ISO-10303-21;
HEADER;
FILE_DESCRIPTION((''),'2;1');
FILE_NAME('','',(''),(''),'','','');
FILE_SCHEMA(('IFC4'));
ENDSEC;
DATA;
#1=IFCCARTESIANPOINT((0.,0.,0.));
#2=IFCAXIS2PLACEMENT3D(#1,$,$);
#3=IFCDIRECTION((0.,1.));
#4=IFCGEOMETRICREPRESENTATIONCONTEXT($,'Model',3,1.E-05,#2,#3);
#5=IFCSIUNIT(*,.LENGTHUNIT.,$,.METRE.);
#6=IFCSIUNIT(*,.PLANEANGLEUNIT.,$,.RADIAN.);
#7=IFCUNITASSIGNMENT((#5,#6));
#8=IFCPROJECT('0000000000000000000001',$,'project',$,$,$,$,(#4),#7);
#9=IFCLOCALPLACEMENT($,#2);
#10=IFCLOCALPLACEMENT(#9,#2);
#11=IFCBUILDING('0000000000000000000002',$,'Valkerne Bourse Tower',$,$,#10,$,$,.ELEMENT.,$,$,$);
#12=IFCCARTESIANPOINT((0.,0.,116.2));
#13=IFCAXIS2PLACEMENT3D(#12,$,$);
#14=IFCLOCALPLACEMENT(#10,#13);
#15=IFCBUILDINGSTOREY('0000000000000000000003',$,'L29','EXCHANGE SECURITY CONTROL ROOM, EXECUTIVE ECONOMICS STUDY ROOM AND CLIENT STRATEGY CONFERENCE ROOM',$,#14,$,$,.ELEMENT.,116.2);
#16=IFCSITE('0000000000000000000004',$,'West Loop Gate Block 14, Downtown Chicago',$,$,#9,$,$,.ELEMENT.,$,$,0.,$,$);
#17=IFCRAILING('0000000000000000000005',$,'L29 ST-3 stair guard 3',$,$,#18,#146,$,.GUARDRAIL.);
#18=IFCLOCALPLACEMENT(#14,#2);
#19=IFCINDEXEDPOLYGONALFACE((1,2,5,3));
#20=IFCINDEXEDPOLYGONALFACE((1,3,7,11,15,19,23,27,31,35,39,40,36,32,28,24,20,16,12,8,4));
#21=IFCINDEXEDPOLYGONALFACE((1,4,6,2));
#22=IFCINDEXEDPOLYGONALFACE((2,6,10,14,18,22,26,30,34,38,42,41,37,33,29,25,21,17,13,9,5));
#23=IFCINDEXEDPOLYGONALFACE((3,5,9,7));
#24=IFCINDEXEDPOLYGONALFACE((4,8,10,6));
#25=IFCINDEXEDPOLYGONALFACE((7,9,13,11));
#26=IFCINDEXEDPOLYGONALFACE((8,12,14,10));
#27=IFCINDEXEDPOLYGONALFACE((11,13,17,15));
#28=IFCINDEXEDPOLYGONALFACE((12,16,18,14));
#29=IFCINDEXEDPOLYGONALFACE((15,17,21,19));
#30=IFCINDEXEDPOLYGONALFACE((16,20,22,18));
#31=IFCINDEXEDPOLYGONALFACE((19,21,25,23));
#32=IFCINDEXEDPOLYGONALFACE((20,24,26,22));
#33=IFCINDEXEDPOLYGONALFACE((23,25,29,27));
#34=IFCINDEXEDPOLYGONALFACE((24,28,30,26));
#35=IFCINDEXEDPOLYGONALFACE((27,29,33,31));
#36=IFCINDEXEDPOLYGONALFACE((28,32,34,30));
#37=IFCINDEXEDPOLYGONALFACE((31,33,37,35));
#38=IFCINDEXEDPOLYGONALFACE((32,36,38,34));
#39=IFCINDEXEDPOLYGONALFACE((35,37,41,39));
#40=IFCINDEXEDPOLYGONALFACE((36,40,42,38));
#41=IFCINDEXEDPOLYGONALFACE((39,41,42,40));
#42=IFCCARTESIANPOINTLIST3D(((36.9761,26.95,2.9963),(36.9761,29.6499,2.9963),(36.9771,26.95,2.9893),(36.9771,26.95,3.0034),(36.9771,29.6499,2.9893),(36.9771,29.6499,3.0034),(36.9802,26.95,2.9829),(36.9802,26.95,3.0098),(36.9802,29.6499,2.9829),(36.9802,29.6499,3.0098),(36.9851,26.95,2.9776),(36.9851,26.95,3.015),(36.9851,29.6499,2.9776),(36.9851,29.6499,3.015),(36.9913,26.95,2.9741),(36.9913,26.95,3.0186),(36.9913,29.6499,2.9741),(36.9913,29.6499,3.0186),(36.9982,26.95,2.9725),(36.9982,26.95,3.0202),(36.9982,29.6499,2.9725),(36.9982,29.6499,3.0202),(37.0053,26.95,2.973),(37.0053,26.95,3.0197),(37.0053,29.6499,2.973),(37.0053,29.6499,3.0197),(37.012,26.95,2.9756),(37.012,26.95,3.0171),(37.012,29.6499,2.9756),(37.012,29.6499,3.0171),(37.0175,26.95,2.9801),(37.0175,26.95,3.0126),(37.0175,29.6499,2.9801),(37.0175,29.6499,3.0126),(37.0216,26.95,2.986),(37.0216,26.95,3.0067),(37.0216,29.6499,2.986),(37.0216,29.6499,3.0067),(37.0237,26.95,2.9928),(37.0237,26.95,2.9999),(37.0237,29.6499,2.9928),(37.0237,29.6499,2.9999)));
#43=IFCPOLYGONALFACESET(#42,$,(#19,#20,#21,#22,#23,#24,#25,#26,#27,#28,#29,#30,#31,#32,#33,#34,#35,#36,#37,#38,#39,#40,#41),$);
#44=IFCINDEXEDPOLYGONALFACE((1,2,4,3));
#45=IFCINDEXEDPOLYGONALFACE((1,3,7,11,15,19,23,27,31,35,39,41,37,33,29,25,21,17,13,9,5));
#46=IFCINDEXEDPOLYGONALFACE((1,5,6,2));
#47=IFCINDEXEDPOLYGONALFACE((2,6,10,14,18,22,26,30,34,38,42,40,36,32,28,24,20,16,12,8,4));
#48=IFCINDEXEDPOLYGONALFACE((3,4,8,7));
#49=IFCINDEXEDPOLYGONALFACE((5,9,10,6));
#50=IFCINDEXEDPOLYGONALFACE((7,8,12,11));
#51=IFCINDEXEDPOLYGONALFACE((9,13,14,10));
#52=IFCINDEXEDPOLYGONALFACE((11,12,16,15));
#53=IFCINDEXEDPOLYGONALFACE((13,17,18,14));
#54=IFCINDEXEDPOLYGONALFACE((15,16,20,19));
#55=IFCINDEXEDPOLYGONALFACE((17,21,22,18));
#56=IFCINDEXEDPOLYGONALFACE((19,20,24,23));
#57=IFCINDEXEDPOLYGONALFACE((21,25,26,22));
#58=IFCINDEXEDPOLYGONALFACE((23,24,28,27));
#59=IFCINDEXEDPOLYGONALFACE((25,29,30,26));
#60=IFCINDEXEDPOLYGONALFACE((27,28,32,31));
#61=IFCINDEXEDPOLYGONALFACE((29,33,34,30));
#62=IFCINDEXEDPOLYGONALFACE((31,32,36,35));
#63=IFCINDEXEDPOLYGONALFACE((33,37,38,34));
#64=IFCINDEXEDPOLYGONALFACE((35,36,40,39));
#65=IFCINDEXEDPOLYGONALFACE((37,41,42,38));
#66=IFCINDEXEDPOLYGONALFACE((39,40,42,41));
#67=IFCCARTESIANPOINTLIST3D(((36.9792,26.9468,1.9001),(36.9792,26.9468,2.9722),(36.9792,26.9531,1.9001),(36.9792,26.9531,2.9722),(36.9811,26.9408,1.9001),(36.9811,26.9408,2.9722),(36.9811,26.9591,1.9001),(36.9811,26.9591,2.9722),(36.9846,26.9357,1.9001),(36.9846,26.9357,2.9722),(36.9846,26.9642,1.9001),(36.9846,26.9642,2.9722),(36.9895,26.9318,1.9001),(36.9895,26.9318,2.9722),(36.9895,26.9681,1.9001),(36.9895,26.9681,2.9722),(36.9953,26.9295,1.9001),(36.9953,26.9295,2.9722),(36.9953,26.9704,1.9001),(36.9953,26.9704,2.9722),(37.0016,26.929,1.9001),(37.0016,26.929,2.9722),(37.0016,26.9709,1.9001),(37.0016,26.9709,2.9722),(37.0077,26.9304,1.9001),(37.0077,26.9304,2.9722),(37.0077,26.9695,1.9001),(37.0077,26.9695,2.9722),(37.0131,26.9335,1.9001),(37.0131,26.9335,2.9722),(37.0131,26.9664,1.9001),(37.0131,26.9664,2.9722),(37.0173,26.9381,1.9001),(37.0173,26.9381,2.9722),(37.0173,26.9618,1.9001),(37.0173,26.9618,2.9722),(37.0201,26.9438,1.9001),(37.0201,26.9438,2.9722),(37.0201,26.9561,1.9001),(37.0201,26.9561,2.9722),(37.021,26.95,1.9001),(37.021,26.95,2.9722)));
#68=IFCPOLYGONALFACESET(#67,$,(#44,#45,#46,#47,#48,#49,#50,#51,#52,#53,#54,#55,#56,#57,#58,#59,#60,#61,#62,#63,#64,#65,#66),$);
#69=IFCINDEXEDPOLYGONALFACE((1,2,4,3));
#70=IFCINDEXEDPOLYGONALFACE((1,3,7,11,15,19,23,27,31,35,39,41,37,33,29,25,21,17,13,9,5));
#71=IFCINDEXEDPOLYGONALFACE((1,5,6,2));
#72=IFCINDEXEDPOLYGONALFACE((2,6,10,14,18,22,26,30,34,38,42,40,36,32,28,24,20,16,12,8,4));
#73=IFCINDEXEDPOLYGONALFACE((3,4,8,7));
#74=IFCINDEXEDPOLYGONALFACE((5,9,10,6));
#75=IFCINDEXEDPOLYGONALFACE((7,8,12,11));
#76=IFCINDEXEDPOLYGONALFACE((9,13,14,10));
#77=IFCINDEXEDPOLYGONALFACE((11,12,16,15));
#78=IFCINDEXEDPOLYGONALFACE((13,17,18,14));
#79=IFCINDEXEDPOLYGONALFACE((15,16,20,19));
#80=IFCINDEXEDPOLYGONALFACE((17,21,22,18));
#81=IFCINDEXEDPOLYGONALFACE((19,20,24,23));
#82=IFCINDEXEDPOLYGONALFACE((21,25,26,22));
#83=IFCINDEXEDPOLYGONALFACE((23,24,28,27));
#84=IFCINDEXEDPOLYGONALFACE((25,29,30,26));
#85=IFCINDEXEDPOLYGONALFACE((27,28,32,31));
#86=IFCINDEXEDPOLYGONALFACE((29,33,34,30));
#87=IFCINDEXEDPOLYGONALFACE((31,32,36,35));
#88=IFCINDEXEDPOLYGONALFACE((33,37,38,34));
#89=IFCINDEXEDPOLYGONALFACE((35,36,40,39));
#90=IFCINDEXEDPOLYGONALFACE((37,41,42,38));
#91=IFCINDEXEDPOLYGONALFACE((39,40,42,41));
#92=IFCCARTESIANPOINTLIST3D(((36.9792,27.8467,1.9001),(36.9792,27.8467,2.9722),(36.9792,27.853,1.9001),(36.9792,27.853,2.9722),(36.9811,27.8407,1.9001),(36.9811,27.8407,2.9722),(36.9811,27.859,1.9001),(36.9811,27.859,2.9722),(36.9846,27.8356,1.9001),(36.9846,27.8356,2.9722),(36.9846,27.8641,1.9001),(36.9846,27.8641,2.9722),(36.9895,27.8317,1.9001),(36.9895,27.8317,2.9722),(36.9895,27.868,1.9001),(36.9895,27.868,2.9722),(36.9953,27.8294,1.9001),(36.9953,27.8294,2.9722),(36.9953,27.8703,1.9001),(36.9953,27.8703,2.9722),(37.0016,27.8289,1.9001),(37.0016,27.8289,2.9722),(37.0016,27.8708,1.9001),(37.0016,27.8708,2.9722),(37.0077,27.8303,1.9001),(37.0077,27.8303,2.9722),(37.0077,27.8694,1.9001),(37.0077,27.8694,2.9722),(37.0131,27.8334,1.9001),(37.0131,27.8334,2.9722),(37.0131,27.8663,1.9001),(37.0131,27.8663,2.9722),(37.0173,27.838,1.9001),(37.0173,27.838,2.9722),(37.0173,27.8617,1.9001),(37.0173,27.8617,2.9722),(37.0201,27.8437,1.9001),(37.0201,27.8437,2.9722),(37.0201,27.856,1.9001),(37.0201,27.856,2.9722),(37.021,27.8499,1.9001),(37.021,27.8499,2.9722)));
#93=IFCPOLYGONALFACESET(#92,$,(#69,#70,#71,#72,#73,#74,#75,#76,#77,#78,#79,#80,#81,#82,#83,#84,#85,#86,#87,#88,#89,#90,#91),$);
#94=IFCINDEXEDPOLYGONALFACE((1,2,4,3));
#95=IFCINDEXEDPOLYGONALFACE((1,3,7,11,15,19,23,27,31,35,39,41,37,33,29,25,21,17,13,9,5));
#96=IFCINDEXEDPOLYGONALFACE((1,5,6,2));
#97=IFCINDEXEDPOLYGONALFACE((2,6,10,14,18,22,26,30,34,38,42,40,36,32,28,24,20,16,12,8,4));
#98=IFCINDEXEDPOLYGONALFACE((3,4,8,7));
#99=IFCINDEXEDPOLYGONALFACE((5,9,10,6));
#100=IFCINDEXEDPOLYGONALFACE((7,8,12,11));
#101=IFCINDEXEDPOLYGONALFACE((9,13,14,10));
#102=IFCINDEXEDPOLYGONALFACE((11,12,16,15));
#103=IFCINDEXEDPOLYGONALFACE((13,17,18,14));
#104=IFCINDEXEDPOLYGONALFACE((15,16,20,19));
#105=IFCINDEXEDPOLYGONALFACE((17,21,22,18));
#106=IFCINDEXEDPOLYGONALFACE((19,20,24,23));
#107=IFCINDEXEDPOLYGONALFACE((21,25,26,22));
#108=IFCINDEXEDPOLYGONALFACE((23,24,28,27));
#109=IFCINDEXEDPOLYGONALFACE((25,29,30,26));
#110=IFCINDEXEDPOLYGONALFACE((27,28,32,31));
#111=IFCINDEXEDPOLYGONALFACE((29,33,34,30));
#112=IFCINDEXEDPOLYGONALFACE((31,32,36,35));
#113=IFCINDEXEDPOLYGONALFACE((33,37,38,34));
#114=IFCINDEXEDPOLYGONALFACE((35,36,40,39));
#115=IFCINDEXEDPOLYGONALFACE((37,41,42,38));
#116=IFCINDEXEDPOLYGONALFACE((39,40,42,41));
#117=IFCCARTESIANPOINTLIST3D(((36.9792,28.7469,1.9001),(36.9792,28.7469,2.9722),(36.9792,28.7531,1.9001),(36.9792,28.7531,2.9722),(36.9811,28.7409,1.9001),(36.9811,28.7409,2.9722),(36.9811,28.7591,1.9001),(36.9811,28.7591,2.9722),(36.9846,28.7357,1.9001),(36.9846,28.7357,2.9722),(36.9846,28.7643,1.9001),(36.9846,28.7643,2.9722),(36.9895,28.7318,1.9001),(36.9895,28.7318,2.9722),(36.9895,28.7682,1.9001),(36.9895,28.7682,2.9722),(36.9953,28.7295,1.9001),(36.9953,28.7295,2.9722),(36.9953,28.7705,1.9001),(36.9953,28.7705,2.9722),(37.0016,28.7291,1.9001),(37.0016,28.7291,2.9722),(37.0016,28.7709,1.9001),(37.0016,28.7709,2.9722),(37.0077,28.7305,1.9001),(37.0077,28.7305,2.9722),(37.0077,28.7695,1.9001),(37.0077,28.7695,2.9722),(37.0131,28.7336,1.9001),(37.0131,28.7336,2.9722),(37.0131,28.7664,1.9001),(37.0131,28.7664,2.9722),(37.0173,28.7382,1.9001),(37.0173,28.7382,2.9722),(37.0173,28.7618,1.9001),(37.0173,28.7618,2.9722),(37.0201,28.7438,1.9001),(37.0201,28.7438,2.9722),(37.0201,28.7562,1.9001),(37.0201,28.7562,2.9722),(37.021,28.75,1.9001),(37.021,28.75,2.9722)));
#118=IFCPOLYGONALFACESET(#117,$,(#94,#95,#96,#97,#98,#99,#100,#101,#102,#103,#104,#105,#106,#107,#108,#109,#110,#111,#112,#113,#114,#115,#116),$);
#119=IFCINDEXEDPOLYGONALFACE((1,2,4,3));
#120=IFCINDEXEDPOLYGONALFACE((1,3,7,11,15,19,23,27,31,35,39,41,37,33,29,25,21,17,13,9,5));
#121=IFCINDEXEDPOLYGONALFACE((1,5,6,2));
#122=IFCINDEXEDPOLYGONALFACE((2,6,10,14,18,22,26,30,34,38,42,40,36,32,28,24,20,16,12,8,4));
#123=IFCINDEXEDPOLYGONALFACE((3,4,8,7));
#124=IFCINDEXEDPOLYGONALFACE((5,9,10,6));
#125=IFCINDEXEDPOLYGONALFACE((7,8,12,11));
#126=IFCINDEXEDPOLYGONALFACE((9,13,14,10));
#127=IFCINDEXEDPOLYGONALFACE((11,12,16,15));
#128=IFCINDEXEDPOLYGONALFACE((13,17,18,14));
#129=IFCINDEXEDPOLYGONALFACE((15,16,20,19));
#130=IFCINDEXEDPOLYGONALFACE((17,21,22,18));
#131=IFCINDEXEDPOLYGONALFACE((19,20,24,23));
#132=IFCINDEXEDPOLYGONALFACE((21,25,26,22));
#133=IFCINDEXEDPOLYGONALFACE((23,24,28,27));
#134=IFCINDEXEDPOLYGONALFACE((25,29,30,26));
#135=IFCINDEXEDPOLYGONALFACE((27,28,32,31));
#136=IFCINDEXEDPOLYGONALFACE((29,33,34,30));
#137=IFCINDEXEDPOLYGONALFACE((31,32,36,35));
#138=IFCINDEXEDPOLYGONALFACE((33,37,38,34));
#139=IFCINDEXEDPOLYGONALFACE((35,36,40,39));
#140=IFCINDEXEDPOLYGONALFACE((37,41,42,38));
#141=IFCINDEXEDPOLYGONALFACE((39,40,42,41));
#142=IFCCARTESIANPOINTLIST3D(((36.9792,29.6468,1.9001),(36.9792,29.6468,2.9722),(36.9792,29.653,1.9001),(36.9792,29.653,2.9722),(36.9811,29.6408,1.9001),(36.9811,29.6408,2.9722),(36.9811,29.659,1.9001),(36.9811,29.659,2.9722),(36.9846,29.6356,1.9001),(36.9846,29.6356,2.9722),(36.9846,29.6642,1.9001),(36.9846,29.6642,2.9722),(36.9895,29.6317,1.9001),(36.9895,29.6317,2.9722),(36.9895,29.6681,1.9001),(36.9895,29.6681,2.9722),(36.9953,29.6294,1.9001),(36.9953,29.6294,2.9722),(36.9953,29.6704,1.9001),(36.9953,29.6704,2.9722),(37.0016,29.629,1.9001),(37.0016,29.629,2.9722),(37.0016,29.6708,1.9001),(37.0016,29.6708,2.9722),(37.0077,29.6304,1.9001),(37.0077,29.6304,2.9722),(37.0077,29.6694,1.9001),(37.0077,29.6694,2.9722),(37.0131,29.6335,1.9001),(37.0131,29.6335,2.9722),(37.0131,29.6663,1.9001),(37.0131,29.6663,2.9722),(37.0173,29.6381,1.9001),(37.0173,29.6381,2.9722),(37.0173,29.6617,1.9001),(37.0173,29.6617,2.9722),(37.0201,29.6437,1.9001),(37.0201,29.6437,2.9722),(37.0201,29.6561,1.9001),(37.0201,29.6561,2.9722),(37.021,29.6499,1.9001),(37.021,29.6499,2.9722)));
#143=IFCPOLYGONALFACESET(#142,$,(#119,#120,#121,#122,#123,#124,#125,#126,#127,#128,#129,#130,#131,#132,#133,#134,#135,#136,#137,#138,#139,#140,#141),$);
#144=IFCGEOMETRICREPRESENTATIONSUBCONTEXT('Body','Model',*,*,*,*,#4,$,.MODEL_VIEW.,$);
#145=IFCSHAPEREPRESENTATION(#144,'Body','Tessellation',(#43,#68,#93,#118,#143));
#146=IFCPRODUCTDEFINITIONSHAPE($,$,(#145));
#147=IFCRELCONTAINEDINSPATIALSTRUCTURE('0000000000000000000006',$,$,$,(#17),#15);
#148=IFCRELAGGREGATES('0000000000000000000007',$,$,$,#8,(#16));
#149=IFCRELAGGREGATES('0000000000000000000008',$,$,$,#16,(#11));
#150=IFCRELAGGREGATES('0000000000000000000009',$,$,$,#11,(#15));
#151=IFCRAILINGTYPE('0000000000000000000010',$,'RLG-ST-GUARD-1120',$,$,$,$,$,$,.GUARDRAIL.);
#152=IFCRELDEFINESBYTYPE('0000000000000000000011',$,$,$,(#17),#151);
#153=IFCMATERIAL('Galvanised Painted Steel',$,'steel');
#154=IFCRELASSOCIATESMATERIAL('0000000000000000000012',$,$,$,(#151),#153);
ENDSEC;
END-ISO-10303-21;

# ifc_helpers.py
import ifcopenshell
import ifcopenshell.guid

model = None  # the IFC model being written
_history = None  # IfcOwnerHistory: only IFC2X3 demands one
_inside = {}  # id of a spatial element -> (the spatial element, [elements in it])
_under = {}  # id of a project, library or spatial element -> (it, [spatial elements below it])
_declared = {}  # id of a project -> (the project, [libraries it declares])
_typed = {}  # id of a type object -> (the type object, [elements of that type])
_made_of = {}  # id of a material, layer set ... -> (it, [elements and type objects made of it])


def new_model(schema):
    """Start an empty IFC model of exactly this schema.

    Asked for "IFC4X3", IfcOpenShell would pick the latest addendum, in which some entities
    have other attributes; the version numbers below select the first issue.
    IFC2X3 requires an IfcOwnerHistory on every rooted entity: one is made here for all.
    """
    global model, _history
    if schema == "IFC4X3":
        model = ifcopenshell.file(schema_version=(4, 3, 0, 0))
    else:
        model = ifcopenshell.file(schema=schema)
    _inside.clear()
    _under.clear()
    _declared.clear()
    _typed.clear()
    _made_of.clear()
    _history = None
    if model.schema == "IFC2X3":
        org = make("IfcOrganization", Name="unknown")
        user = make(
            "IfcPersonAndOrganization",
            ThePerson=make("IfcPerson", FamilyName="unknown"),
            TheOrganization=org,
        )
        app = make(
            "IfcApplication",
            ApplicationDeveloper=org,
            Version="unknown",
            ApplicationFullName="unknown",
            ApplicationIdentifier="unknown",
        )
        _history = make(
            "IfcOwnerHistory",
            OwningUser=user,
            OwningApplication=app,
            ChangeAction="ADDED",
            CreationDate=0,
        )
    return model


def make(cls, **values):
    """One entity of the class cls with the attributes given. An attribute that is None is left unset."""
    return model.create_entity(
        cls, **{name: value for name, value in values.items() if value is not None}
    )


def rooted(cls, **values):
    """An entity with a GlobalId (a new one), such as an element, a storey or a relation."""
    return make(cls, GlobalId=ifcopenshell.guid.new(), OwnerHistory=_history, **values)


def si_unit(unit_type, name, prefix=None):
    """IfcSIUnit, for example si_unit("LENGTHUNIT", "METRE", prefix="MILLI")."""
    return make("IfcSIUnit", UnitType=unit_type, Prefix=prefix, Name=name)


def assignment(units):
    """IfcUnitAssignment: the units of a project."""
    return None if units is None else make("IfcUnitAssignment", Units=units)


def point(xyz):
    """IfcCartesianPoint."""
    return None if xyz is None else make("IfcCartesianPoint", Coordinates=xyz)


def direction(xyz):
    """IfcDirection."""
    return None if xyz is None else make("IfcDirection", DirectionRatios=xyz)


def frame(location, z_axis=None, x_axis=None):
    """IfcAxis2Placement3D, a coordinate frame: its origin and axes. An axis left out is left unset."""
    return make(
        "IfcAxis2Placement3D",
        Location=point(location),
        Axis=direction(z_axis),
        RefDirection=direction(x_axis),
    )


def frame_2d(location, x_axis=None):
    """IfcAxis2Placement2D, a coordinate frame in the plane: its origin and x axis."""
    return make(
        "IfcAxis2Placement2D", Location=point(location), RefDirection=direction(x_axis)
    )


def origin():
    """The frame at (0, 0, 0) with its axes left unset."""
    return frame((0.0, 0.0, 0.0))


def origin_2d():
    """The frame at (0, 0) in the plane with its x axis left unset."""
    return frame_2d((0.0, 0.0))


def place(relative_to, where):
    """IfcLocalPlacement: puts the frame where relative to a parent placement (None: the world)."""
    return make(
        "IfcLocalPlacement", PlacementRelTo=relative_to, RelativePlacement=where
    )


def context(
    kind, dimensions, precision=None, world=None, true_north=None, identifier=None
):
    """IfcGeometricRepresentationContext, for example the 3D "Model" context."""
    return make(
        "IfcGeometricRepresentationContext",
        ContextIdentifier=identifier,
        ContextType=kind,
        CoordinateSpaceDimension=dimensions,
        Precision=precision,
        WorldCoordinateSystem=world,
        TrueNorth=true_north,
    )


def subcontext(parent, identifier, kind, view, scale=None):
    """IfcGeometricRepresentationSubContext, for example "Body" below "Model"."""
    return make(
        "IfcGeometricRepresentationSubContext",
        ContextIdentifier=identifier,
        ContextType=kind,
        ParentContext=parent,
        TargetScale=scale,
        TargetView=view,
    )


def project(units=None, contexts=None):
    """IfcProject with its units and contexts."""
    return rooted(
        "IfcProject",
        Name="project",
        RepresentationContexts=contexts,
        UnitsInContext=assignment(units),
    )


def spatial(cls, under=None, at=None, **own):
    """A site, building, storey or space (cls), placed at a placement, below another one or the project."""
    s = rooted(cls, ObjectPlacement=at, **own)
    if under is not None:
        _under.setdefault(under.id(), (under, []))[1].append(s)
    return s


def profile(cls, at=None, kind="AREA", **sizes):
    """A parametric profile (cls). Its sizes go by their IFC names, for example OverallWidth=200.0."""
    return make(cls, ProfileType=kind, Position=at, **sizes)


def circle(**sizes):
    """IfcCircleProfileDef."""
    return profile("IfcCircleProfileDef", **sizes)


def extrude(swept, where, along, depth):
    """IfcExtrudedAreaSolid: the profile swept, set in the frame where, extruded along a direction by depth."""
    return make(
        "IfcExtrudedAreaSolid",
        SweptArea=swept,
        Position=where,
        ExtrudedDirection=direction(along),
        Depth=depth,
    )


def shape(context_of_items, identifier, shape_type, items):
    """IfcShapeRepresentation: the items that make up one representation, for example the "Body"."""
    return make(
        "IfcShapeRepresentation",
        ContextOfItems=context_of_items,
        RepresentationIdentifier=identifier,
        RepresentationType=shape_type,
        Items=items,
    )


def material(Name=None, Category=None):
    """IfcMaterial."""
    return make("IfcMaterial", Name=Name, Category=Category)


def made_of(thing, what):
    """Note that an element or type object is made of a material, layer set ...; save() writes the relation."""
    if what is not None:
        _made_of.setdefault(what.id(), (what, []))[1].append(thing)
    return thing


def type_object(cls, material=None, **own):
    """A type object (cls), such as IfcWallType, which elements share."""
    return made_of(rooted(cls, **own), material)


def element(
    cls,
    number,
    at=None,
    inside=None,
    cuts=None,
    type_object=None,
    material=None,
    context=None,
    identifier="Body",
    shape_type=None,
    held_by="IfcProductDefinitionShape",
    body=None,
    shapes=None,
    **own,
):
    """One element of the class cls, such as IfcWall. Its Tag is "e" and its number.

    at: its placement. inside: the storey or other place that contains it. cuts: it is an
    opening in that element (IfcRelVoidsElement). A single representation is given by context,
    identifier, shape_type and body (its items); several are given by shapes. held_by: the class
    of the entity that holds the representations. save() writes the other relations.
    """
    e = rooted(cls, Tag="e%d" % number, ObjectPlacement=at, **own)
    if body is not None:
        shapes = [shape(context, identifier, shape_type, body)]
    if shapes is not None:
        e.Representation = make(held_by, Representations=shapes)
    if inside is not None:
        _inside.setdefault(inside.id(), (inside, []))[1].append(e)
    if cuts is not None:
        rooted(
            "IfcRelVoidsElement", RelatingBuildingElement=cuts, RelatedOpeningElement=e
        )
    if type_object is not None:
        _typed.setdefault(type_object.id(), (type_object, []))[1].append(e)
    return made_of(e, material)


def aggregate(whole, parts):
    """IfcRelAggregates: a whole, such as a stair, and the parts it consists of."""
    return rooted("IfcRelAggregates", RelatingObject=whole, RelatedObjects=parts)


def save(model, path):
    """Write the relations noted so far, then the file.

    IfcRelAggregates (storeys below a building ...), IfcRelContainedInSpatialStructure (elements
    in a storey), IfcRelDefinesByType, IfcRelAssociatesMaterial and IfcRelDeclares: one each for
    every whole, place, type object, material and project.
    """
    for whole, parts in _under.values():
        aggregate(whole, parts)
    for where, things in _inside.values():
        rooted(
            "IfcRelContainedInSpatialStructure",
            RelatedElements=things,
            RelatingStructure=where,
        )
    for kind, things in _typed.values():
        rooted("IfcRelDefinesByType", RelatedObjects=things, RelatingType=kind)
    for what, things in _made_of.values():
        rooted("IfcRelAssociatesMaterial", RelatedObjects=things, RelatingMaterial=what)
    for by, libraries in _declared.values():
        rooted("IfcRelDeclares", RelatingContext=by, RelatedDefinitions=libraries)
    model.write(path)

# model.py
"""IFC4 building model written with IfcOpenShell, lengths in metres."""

from ifc_helpers import new_model, si_unit, direction, frame, origin, origin_2d, place, context, subcontext, project, spatial, circle, extrude, material, type_object, element, save


model = new_model("IFC4")

# Units and contexts
model_context = context("Model", 3, precision=1e-05, world=origin(), true_north=direction((0.0, 1.0)))
body_context = subcontext(model_context, "Body", "Model", "MODEL_VIEW")
ifc_project = project(units=[si_unit("LENGTHUNIT", "METRE"), si_unit("PLANEANGLEUNIT", "RADIAN")], contexts=[model_context])

# Site, building, storey
site_placement = place(None, origin())
site = spatial("IfcSite", under=ifc_project, at=site_placement, Name="West Loop Gate Block 14, Downtown Chicago", CompositionType="ELEMENT", RefElevation=0.0)
building_placement = place(site_placement, origin())
building = spatial("IfcBuilding", under=site, at=building_placement, Name="Valkerne Bourse Tower", CompositionType="ELEMENT")
storey_placement = place(building_placement, frame((0.0, 0.0, 116.2)))
storey = spatial("IfcBuildingStorey", under=building, at=storey_placement, Name="L29", Description="EXCHANGE SECURITY CONTROL ROOM, EXECUTIVE ECONOMICS STUDY ROOM AND CLIENT STRATEGY CONFERENCE ROOM", CompositionType="ELEMENT", Elevation=116.2)

# Railing
ifc_material_1 = material(Name="Galvanised Painted Steel", Category="steel")
railing_type_1 = type_object("IfcRailingType", Name="RLG-ST-GUARD-1120", PredefinedType="GUARDRAIL", material=ifc_material_1)
for number, where, name in (
    (1, (37.0, 26.95, 1.9001), "L29 ST-3 stair guard 3"),
):
    element("IfcRailing", number, at=place(storey_placement, frame(where)), inside=storey, type_object=railing_type_1, Name=name, PredefinedType="GUARDRAIL", context=body_context, shape_type="SweptSolid", body=[
        extrude(circle(Radius=0.0239, at=origin_2d()), frame((0.0, 0.0, 1.0962), z_axis=(0.0, 1.0, 0.0), x_axis=(-1.0, 0.0, 0.0)), (0.0, 0.0, 1.0), 2.7),
        extrude(circle(Radius=0.021, at=origin_2d()), origin(), (0.0, 0.0, 1.0), 1.072),
        extrude(circle(Radius=0.021, at=origin_2d()), frame((0.0, 0.8999, 0.0)), (0.0, 0.0, 1.0), 1.072),
        extrude(circle(Radius=0.021, at=origin_2d()), frame((0.0, 1.8, 0.0)), (0.0, 0.0, 1.0), 1.072),
        extrude(circle(Radius=0.021, at=origin_2d()), frame((0.0, 2.7, 0.0)), (0.0, 0.0, 1.0), 1.072),
    ])

save(model, "model.ifc")
